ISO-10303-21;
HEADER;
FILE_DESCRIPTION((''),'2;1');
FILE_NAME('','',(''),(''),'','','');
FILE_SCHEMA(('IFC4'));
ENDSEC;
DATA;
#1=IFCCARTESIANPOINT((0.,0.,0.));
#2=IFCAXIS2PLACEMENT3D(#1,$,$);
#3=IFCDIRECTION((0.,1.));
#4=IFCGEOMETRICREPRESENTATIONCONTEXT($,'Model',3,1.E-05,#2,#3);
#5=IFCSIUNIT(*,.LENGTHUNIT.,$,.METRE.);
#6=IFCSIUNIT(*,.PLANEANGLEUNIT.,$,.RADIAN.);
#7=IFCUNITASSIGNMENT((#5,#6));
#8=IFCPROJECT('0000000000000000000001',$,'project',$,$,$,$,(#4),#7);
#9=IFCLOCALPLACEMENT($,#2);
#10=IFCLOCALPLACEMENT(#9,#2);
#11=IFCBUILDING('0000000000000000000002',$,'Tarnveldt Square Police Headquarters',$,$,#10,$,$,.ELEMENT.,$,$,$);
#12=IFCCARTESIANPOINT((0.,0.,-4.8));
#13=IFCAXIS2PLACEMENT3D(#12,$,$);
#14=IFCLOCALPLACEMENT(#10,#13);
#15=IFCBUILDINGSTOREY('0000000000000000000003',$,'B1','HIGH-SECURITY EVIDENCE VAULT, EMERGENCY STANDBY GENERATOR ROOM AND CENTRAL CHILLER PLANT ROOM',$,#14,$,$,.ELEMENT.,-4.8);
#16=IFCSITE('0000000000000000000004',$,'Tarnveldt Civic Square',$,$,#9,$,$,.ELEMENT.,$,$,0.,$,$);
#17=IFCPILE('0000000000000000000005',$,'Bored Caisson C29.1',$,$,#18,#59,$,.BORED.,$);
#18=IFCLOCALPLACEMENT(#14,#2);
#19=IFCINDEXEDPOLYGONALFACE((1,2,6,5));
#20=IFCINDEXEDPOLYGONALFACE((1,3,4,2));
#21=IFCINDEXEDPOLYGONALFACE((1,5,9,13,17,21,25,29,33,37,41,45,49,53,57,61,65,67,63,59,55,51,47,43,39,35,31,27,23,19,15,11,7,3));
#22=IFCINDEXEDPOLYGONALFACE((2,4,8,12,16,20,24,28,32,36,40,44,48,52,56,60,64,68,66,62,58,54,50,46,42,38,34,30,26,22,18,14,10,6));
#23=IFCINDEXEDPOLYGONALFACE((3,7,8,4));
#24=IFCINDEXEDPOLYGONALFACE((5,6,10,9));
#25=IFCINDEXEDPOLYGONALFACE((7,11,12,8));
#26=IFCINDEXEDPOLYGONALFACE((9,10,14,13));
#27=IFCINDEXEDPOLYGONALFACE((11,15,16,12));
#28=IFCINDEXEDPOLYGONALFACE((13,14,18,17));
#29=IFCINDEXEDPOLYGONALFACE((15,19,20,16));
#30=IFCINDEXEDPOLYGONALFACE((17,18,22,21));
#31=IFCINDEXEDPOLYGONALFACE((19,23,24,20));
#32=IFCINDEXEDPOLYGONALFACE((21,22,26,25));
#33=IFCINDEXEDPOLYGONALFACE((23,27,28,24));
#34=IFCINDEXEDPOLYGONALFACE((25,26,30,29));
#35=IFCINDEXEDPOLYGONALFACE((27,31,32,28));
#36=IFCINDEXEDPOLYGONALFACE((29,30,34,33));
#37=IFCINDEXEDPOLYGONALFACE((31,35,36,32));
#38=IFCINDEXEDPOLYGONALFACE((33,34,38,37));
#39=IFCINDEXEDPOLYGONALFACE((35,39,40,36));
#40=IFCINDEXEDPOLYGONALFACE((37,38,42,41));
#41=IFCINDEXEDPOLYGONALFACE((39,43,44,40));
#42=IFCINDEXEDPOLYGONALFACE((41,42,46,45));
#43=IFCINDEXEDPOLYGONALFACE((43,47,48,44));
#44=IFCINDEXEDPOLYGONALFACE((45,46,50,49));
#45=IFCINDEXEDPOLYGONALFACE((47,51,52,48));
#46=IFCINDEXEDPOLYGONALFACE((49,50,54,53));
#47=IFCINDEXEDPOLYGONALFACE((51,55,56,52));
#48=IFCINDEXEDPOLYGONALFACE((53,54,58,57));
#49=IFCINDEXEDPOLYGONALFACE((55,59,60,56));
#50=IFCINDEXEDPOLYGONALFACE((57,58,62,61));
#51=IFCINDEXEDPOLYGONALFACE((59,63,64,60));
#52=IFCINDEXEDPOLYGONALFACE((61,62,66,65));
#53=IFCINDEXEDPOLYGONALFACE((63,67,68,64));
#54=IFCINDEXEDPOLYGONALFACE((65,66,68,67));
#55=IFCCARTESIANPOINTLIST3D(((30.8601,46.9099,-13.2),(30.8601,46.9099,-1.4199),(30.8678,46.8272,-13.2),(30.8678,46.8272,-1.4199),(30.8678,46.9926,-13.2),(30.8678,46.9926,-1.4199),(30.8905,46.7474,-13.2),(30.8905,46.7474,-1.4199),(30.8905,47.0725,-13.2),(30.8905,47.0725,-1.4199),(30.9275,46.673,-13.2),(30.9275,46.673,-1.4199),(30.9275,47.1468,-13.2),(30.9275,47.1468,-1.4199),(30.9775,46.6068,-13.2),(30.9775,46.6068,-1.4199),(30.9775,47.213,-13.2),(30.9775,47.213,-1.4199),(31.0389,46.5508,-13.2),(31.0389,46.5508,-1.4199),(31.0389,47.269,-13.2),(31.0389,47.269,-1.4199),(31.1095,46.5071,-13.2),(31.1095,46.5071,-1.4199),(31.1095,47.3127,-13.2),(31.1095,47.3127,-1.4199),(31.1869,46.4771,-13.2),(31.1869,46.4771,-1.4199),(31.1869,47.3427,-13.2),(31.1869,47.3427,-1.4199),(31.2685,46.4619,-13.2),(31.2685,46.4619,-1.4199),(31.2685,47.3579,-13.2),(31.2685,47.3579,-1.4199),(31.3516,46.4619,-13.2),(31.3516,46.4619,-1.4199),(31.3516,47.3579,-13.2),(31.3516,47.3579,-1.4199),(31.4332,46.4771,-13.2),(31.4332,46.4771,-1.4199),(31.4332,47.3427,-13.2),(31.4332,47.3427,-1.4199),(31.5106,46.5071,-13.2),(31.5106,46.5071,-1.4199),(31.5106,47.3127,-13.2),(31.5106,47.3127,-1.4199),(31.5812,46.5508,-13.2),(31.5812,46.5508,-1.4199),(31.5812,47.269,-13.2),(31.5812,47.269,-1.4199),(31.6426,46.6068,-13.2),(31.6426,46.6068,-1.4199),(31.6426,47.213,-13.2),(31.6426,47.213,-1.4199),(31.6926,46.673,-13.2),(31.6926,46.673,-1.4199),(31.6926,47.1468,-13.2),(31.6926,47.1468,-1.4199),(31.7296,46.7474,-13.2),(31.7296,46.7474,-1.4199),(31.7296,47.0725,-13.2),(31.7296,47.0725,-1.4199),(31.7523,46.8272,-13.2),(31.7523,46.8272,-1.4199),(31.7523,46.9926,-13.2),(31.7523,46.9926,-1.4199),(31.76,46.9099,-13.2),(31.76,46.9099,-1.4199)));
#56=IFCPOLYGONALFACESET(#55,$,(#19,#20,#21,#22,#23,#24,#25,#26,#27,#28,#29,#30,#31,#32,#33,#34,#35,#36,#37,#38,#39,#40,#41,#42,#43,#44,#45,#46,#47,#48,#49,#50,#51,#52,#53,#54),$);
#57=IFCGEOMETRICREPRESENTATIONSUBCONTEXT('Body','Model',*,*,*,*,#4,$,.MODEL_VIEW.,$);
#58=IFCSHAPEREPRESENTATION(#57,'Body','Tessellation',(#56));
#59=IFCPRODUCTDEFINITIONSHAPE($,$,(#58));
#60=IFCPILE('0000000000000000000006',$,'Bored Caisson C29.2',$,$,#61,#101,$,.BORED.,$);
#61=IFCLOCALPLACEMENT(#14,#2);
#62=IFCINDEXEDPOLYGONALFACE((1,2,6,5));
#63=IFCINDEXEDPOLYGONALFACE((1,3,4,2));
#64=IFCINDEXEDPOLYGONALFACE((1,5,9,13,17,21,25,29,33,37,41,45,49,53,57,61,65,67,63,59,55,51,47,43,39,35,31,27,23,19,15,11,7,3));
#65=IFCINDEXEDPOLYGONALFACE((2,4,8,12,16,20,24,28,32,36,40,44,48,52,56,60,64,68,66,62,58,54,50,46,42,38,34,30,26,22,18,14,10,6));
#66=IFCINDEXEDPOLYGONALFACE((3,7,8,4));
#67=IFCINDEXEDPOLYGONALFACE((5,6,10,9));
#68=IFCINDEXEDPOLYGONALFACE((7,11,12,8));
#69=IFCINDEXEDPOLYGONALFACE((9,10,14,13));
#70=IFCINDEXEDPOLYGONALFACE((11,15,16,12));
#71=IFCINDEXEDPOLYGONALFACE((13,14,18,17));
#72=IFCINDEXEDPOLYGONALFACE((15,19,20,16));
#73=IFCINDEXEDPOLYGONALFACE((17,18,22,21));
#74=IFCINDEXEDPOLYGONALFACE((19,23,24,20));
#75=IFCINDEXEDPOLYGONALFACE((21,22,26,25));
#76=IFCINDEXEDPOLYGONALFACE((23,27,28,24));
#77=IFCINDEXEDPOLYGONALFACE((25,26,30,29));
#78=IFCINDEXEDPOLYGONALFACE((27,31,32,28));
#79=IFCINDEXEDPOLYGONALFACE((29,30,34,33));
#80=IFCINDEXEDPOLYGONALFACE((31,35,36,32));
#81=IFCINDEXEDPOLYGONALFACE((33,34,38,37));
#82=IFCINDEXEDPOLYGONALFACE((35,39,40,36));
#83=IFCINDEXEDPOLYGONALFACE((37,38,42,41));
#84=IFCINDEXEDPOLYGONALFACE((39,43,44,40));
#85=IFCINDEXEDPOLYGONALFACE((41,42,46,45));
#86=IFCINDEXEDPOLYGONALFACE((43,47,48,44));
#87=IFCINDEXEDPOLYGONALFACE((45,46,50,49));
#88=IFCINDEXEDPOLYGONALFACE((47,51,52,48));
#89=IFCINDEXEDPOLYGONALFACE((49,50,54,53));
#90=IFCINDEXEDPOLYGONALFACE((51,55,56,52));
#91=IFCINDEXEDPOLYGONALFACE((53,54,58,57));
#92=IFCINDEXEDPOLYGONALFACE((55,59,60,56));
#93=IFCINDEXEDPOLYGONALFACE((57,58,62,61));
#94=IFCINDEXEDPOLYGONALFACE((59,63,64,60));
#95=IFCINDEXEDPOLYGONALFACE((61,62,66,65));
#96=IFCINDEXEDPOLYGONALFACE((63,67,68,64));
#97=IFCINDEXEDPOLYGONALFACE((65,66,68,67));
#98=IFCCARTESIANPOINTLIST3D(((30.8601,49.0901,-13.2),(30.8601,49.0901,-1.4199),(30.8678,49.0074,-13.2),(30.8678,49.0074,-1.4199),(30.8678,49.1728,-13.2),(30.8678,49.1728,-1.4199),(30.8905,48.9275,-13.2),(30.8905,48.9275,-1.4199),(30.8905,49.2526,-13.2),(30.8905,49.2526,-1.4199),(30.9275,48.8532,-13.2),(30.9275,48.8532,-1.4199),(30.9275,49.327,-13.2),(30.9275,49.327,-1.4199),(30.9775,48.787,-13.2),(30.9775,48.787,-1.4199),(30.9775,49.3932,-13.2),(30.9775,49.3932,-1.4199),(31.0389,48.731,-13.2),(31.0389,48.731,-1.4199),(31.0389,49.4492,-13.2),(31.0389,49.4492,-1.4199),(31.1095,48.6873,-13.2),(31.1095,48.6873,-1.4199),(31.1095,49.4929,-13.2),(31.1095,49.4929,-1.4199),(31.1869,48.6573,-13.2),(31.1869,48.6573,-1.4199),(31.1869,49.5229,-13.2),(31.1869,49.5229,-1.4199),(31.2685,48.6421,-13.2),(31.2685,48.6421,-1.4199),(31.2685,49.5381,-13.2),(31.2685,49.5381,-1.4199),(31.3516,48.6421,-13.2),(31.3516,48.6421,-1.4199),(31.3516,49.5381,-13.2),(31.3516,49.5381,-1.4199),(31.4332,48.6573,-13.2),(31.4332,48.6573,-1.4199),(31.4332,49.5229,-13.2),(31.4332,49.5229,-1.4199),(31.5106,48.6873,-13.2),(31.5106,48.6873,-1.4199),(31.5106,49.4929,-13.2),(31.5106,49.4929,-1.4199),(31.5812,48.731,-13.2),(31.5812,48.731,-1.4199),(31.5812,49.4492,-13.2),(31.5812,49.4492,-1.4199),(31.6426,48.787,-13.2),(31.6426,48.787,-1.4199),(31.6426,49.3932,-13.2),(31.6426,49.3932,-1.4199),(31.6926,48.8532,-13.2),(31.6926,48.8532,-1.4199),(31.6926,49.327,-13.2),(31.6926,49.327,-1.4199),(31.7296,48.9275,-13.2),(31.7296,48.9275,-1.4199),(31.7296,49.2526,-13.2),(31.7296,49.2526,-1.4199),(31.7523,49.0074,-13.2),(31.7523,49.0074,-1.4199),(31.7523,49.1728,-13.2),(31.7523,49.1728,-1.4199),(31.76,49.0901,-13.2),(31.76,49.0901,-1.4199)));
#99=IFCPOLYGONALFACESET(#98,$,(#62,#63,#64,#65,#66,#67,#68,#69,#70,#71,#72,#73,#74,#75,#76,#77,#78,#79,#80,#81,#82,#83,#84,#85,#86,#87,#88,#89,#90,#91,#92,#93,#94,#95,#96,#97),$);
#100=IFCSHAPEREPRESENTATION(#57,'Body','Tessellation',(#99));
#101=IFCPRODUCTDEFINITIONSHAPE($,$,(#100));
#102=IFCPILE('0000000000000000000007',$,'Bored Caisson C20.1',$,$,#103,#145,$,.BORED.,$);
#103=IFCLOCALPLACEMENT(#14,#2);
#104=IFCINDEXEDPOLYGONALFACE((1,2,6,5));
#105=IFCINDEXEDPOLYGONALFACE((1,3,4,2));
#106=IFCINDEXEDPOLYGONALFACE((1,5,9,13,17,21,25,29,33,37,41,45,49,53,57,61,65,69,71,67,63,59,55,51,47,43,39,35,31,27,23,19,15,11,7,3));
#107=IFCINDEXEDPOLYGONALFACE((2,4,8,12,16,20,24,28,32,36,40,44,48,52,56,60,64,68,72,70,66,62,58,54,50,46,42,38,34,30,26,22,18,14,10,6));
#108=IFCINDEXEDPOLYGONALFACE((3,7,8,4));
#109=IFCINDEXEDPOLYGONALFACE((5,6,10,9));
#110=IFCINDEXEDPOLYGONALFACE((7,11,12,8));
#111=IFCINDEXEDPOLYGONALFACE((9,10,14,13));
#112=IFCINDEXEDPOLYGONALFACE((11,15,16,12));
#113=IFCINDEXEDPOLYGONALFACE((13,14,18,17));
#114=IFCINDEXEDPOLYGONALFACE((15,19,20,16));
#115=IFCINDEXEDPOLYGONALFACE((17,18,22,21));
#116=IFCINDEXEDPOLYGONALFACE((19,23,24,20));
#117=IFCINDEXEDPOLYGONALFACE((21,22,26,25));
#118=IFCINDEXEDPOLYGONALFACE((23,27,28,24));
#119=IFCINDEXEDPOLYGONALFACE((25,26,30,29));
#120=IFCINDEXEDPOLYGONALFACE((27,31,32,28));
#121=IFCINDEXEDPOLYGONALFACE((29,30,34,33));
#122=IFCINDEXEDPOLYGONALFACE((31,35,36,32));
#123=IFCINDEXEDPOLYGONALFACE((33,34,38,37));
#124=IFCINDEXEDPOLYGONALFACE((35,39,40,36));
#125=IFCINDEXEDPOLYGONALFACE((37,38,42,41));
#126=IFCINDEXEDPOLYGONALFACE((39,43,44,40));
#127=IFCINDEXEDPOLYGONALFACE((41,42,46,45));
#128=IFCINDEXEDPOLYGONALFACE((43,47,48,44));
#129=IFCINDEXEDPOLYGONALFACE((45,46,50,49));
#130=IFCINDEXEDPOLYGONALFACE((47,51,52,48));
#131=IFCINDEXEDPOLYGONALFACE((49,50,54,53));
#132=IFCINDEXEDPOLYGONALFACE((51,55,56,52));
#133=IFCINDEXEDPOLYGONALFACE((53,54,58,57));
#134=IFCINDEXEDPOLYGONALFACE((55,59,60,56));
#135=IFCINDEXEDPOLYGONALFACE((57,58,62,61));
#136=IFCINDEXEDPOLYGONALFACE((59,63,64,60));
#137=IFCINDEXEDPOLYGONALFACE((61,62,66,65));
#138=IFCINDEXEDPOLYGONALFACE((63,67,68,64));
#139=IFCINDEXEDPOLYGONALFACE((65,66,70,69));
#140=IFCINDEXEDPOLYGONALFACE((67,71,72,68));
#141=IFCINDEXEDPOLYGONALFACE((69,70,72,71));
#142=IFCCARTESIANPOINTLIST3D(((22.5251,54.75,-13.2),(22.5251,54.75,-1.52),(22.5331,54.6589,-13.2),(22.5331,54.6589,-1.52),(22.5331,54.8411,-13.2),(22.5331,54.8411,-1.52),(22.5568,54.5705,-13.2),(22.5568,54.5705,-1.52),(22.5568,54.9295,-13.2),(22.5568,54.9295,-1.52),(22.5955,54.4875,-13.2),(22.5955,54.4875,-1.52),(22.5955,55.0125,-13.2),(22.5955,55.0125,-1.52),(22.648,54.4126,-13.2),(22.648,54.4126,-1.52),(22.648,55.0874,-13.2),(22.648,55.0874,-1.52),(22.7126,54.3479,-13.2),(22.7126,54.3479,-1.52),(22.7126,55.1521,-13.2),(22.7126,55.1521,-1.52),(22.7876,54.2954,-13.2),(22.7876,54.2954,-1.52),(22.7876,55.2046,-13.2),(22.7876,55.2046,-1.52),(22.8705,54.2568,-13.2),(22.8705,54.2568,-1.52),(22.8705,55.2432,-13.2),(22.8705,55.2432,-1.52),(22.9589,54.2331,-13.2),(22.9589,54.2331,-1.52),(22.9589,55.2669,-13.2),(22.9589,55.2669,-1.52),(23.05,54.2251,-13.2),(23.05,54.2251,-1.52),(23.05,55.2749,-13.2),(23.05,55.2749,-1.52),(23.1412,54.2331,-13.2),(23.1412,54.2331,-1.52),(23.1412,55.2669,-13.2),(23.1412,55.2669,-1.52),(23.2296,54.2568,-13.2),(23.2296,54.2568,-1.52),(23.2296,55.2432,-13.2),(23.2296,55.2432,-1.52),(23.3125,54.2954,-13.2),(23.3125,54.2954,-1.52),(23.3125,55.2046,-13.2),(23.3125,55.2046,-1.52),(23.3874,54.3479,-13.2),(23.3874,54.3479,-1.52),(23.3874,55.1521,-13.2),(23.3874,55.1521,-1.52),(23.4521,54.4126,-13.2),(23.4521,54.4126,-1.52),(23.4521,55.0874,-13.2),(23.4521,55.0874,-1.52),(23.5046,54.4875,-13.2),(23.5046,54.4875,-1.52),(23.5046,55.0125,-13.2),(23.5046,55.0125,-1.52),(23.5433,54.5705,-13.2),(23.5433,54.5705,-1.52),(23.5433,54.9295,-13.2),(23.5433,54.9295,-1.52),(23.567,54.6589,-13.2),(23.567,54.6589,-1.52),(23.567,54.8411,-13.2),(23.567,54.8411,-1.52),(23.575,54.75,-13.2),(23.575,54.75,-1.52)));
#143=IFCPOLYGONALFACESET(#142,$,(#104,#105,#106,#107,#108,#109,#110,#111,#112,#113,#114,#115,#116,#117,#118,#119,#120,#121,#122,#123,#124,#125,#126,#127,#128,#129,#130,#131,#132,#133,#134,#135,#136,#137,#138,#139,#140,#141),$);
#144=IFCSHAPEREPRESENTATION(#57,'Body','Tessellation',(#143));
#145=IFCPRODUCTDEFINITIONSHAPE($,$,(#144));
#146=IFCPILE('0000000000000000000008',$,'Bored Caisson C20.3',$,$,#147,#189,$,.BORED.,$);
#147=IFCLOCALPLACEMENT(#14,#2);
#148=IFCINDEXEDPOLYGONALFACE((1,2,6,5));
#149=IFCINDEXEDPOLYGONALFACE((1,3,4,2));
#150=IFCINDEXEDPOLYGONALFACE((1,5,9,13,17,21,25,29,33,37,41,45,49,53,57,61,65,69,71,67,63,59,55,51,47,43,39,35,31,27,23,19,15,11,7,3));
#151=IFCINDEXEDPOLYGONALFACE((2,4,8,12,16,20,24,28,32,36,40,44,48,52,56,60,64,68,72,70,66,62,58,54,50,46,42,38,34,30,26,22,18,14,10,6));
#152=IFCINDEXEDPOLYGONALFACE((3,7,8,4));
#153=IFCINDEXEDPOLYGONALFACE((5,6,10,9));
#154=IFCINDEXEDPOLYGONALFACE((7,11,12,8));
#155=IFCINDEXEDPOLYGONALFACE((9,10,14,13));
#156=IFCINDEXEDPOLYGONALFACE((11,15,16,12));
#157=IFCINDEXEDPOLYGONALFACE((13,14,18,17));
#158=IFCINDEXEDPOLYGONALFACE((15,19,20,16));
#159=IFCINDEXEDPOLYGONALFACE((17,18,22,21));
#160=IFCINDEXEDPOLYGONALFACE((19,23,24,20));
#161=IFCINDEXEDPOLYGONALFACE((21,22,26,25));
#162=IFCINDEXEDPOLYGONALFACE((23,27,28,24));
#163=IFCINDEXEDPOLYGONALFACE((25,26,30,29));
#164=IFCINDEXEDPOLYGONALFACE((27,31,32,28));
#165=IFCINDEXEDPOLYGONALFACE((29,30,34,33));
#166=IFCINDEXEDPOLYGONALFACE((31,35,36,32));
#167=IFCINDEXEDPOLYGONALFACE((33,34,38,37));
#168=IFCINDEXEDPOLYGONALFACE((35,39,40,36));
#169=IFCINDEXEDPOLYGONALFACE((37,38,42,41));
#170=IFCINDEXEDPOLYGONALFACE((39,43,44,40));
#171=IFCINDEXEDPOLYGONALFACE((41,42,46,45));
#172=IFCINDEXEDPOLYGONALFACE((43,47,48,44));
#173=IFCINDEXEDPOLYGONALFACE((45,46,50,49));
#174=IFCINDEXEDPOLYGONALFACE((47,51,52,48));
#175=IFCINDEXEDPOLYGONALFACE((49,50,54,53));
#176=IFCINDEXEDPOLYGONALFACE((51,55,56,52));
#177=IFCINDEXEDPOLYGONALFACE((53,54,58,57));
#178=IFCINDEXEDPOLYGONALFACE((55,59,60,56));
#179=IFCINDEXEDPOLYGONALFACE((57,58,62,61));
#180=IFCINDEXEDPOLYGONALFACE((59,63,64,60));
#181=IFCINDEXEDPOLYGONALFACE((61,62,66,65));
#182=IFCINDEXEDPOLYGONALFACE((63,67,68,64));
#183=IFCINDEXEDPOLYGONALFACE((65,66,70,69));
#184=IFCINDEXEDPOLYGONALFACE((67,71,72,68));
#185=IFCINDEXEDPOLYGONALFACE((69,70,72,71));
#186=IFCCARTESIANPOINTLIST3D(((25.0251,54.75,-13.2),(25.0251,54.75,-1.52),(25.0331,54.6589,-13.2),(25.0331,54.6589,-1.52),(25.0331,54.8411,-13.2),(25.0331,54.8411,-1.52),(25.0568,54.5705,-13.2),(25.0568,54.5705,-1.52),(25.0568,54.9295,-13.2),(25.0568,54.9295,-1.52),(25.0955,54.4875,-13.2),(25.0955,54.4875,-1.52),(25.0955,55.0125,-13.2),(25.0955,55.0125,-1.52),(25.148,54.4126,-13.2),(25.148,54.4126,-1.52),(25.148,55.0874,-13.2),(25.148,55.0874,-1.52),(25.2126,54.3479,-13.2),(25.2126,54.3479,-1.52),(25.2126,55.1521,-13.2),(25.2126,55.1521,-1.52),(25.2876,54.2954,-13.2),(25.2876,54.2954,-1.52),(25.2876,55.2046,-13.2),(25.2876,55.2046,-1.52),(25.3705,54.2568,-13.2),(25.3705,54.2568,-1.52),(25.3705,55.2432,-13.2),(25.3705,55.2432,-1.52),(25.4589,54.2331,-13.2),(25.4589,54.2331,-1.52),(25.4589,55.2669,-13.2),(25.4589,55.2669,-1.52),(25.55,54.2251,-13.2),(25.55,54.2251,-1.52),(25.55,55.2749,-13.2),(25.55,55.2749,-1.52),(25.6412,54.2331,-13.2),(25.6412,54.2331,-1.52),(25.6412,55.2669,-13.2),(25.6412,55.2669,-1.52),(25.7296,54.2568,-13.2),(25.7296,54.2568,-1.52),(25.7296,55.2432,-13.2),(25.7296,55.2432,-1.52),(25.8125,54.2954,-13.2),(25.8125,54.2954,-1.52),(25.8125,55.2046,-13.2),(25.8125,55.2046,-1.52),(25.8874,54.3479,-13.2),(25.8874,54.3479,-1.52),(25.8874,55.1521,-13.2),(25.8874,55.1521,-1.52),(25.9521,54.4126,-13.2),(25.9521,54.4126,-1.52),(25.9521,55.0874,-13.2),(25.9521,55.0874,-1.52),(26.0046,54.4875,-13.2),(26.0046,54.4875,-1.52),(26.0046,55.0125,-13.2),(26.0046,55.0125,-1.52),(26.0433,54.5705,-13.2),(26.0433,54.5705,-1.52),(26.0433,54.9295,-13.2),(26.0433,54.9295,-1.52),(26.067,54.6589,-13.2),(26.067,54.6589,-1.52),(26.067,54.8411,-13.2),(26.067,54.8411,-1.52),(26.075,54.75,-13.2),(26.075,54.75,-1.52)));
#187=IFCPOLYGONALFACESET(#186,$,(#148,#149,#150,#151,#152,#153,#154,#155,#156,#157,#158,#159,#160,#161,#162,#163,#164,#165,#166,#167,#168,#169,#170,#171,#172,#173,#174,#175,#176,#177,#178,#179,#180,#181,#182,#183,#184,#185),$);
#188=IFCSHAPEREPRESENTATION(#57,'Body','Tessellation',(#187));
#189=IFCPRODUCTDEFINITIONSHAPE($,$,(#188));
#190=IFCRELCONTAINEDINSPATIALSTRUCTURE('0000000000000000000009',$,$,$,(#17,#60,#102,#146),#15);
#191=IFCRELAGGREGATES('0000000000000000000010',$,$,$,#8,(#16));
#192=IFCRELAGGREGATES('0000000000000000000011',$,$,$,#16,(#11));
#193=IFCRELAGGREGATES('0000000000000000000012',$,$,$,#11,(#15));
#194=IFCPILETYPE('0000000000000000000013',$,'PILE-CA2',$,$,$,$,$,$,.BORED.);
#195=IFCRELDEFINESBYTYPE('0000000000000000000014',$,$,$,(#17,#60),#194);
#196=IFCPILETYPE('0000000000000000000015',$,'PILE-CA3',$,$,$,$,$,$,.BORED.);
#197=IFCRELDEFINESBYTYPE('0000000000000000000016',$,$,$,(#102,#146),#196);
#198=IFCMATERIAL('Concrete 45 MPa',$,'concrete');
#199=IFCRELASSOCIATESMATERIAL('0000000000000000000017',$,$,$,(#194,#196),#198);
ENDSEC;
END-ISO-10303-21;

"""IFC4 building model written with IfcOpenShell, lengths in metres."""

from ifc_helpers import new_model, si_unit, direction, frame, origin, origin_2d, place, context, subcontext, project, spatial, circle, extrude, material, material_profile, profile_set, type_object, element, save


model = new_model("IFC4")

# Units and contexts
model_context = context("Model", 3, precision=1e-05, world=origin(), true_north=direction((0.0, 1.0)))
body_context = subcontext(model_context, "Body", "Model", "MODEL_VIEW")
ifc_project = project(units=[si_unit("LENGTHUNIT", "METRE"), si_unit("PLANEANGLEUNIT", "RADIAN")], contexts=[model_context])

# Site, building, storey
site_placement = place(None, origin())
site = spatial("IfcSite", under=ifc_project, at=site_placement, Name="Tarnveldt Civic Square", CompositionType="ELEMENT", RefElevation=0.0)
building_placement = place(site_placement, origin())
building = spatial("IfcBuilding", under=site, at=building_placement, Name="Tarnveldt Square Police Headquarters", CompositionType="ELEMENT")
storey_placement = place(building_placement, frame((0.0, 0.0, -4.8)))
storey = spatial("IfcBuildingStorey", under=building, at=storey_placement, Name="B1", Description="HIGH-SECURITY EVIDENCE VAULT, EMERGENCY STANDBY GENERATOR ROOM AND CENTRAL CHILLER PLANT ROOM", CompositionType="ELEMENT", Elevation=-4.8)

# Shared definitions
ifc_material_1 = material(Name="Concrete 45 MPa", Category="concrete")

# Piles
ifc_material_profile_1 = material_profile(ifc_material_1, circle(Radius=0.45, at=origin_2d()), Name="CAISSON-D900")
ifc_profile_set_1 = profile_set([ifc_material_profile_1], Name="Concrete 45 MPa")
pile_type_1 = type_object("IfcPileType", Name="PILE-CA2", PredefinedType="BORED", material=ifc_profile_set_1)
for number, where, z_axis, x_axis, name in (
    (1, (31.3101, 46.9099, -1.4199), (0.0, 0.0, -1.0), (1.0, 0.0, 0.0), "Bored Caisson C29.1"),
    (2, (31.3101, 49.0901, -1.4199), (0.0, 0.0, -1.0), (1.0, 0.0, 0.0), "Bored Caisson C29.2"),
):
    element("IfcPile", number, at=place(storey_placement, frame(where, z_axis=z_axis, x_axis=x_axis)), inside=storey, type_object=pile_type_1, Name=name, PredefinedType="BORED", context=body_context, shape_type="SweptSolid", body=[
        extrude(circle(Radius=0.45, at=origin_2d()), origin(), (0.0, 0.0, 1.0), 11.78),
    ])
ifc_material_profile_2 = material_profile(ifc_material_1, circle(Radius=0.5249, at=origin_2d()), Name="CAISSON-D1050")
ifc_profile_set_2 = profile_set([ifc_material_profile_2], Name="Concrete 45 MPa")
pile_type_2 = type_object("IfcPileType", Name="PILE-CA3", PredefinedType="BORED", material=ifc_profile_set_2)
for number, where, z_axis, x_axis, name in (
    (3, (23.05, 54.75, -1.52), (0.0, 0.0, -1.0), (1.0, 0.0, 0.0), "Bored Caisson C20.1"),
    (4, (25.55, 54.75, -1.52), (0.0, 0.0, -1.0), (1.0, 0.0, 0.0), "Bored Caisson C20.3"),
):
    element("IfcPile", number, at=place(storey_placement, frame(where, z_axis=z_axis, x_axis=x_axis)), inside=storey, type_object=pile_type_2, Name=name, PredefinedType="BORED", context=body_context, shape_type="SweptSolid", body=[
        extrude(circle(Radius=0.5249, at=origin_2d()), origin(), (0.0, 0.0, 1.0), 11.6799),
    ])

save(model, "model.ifc")
